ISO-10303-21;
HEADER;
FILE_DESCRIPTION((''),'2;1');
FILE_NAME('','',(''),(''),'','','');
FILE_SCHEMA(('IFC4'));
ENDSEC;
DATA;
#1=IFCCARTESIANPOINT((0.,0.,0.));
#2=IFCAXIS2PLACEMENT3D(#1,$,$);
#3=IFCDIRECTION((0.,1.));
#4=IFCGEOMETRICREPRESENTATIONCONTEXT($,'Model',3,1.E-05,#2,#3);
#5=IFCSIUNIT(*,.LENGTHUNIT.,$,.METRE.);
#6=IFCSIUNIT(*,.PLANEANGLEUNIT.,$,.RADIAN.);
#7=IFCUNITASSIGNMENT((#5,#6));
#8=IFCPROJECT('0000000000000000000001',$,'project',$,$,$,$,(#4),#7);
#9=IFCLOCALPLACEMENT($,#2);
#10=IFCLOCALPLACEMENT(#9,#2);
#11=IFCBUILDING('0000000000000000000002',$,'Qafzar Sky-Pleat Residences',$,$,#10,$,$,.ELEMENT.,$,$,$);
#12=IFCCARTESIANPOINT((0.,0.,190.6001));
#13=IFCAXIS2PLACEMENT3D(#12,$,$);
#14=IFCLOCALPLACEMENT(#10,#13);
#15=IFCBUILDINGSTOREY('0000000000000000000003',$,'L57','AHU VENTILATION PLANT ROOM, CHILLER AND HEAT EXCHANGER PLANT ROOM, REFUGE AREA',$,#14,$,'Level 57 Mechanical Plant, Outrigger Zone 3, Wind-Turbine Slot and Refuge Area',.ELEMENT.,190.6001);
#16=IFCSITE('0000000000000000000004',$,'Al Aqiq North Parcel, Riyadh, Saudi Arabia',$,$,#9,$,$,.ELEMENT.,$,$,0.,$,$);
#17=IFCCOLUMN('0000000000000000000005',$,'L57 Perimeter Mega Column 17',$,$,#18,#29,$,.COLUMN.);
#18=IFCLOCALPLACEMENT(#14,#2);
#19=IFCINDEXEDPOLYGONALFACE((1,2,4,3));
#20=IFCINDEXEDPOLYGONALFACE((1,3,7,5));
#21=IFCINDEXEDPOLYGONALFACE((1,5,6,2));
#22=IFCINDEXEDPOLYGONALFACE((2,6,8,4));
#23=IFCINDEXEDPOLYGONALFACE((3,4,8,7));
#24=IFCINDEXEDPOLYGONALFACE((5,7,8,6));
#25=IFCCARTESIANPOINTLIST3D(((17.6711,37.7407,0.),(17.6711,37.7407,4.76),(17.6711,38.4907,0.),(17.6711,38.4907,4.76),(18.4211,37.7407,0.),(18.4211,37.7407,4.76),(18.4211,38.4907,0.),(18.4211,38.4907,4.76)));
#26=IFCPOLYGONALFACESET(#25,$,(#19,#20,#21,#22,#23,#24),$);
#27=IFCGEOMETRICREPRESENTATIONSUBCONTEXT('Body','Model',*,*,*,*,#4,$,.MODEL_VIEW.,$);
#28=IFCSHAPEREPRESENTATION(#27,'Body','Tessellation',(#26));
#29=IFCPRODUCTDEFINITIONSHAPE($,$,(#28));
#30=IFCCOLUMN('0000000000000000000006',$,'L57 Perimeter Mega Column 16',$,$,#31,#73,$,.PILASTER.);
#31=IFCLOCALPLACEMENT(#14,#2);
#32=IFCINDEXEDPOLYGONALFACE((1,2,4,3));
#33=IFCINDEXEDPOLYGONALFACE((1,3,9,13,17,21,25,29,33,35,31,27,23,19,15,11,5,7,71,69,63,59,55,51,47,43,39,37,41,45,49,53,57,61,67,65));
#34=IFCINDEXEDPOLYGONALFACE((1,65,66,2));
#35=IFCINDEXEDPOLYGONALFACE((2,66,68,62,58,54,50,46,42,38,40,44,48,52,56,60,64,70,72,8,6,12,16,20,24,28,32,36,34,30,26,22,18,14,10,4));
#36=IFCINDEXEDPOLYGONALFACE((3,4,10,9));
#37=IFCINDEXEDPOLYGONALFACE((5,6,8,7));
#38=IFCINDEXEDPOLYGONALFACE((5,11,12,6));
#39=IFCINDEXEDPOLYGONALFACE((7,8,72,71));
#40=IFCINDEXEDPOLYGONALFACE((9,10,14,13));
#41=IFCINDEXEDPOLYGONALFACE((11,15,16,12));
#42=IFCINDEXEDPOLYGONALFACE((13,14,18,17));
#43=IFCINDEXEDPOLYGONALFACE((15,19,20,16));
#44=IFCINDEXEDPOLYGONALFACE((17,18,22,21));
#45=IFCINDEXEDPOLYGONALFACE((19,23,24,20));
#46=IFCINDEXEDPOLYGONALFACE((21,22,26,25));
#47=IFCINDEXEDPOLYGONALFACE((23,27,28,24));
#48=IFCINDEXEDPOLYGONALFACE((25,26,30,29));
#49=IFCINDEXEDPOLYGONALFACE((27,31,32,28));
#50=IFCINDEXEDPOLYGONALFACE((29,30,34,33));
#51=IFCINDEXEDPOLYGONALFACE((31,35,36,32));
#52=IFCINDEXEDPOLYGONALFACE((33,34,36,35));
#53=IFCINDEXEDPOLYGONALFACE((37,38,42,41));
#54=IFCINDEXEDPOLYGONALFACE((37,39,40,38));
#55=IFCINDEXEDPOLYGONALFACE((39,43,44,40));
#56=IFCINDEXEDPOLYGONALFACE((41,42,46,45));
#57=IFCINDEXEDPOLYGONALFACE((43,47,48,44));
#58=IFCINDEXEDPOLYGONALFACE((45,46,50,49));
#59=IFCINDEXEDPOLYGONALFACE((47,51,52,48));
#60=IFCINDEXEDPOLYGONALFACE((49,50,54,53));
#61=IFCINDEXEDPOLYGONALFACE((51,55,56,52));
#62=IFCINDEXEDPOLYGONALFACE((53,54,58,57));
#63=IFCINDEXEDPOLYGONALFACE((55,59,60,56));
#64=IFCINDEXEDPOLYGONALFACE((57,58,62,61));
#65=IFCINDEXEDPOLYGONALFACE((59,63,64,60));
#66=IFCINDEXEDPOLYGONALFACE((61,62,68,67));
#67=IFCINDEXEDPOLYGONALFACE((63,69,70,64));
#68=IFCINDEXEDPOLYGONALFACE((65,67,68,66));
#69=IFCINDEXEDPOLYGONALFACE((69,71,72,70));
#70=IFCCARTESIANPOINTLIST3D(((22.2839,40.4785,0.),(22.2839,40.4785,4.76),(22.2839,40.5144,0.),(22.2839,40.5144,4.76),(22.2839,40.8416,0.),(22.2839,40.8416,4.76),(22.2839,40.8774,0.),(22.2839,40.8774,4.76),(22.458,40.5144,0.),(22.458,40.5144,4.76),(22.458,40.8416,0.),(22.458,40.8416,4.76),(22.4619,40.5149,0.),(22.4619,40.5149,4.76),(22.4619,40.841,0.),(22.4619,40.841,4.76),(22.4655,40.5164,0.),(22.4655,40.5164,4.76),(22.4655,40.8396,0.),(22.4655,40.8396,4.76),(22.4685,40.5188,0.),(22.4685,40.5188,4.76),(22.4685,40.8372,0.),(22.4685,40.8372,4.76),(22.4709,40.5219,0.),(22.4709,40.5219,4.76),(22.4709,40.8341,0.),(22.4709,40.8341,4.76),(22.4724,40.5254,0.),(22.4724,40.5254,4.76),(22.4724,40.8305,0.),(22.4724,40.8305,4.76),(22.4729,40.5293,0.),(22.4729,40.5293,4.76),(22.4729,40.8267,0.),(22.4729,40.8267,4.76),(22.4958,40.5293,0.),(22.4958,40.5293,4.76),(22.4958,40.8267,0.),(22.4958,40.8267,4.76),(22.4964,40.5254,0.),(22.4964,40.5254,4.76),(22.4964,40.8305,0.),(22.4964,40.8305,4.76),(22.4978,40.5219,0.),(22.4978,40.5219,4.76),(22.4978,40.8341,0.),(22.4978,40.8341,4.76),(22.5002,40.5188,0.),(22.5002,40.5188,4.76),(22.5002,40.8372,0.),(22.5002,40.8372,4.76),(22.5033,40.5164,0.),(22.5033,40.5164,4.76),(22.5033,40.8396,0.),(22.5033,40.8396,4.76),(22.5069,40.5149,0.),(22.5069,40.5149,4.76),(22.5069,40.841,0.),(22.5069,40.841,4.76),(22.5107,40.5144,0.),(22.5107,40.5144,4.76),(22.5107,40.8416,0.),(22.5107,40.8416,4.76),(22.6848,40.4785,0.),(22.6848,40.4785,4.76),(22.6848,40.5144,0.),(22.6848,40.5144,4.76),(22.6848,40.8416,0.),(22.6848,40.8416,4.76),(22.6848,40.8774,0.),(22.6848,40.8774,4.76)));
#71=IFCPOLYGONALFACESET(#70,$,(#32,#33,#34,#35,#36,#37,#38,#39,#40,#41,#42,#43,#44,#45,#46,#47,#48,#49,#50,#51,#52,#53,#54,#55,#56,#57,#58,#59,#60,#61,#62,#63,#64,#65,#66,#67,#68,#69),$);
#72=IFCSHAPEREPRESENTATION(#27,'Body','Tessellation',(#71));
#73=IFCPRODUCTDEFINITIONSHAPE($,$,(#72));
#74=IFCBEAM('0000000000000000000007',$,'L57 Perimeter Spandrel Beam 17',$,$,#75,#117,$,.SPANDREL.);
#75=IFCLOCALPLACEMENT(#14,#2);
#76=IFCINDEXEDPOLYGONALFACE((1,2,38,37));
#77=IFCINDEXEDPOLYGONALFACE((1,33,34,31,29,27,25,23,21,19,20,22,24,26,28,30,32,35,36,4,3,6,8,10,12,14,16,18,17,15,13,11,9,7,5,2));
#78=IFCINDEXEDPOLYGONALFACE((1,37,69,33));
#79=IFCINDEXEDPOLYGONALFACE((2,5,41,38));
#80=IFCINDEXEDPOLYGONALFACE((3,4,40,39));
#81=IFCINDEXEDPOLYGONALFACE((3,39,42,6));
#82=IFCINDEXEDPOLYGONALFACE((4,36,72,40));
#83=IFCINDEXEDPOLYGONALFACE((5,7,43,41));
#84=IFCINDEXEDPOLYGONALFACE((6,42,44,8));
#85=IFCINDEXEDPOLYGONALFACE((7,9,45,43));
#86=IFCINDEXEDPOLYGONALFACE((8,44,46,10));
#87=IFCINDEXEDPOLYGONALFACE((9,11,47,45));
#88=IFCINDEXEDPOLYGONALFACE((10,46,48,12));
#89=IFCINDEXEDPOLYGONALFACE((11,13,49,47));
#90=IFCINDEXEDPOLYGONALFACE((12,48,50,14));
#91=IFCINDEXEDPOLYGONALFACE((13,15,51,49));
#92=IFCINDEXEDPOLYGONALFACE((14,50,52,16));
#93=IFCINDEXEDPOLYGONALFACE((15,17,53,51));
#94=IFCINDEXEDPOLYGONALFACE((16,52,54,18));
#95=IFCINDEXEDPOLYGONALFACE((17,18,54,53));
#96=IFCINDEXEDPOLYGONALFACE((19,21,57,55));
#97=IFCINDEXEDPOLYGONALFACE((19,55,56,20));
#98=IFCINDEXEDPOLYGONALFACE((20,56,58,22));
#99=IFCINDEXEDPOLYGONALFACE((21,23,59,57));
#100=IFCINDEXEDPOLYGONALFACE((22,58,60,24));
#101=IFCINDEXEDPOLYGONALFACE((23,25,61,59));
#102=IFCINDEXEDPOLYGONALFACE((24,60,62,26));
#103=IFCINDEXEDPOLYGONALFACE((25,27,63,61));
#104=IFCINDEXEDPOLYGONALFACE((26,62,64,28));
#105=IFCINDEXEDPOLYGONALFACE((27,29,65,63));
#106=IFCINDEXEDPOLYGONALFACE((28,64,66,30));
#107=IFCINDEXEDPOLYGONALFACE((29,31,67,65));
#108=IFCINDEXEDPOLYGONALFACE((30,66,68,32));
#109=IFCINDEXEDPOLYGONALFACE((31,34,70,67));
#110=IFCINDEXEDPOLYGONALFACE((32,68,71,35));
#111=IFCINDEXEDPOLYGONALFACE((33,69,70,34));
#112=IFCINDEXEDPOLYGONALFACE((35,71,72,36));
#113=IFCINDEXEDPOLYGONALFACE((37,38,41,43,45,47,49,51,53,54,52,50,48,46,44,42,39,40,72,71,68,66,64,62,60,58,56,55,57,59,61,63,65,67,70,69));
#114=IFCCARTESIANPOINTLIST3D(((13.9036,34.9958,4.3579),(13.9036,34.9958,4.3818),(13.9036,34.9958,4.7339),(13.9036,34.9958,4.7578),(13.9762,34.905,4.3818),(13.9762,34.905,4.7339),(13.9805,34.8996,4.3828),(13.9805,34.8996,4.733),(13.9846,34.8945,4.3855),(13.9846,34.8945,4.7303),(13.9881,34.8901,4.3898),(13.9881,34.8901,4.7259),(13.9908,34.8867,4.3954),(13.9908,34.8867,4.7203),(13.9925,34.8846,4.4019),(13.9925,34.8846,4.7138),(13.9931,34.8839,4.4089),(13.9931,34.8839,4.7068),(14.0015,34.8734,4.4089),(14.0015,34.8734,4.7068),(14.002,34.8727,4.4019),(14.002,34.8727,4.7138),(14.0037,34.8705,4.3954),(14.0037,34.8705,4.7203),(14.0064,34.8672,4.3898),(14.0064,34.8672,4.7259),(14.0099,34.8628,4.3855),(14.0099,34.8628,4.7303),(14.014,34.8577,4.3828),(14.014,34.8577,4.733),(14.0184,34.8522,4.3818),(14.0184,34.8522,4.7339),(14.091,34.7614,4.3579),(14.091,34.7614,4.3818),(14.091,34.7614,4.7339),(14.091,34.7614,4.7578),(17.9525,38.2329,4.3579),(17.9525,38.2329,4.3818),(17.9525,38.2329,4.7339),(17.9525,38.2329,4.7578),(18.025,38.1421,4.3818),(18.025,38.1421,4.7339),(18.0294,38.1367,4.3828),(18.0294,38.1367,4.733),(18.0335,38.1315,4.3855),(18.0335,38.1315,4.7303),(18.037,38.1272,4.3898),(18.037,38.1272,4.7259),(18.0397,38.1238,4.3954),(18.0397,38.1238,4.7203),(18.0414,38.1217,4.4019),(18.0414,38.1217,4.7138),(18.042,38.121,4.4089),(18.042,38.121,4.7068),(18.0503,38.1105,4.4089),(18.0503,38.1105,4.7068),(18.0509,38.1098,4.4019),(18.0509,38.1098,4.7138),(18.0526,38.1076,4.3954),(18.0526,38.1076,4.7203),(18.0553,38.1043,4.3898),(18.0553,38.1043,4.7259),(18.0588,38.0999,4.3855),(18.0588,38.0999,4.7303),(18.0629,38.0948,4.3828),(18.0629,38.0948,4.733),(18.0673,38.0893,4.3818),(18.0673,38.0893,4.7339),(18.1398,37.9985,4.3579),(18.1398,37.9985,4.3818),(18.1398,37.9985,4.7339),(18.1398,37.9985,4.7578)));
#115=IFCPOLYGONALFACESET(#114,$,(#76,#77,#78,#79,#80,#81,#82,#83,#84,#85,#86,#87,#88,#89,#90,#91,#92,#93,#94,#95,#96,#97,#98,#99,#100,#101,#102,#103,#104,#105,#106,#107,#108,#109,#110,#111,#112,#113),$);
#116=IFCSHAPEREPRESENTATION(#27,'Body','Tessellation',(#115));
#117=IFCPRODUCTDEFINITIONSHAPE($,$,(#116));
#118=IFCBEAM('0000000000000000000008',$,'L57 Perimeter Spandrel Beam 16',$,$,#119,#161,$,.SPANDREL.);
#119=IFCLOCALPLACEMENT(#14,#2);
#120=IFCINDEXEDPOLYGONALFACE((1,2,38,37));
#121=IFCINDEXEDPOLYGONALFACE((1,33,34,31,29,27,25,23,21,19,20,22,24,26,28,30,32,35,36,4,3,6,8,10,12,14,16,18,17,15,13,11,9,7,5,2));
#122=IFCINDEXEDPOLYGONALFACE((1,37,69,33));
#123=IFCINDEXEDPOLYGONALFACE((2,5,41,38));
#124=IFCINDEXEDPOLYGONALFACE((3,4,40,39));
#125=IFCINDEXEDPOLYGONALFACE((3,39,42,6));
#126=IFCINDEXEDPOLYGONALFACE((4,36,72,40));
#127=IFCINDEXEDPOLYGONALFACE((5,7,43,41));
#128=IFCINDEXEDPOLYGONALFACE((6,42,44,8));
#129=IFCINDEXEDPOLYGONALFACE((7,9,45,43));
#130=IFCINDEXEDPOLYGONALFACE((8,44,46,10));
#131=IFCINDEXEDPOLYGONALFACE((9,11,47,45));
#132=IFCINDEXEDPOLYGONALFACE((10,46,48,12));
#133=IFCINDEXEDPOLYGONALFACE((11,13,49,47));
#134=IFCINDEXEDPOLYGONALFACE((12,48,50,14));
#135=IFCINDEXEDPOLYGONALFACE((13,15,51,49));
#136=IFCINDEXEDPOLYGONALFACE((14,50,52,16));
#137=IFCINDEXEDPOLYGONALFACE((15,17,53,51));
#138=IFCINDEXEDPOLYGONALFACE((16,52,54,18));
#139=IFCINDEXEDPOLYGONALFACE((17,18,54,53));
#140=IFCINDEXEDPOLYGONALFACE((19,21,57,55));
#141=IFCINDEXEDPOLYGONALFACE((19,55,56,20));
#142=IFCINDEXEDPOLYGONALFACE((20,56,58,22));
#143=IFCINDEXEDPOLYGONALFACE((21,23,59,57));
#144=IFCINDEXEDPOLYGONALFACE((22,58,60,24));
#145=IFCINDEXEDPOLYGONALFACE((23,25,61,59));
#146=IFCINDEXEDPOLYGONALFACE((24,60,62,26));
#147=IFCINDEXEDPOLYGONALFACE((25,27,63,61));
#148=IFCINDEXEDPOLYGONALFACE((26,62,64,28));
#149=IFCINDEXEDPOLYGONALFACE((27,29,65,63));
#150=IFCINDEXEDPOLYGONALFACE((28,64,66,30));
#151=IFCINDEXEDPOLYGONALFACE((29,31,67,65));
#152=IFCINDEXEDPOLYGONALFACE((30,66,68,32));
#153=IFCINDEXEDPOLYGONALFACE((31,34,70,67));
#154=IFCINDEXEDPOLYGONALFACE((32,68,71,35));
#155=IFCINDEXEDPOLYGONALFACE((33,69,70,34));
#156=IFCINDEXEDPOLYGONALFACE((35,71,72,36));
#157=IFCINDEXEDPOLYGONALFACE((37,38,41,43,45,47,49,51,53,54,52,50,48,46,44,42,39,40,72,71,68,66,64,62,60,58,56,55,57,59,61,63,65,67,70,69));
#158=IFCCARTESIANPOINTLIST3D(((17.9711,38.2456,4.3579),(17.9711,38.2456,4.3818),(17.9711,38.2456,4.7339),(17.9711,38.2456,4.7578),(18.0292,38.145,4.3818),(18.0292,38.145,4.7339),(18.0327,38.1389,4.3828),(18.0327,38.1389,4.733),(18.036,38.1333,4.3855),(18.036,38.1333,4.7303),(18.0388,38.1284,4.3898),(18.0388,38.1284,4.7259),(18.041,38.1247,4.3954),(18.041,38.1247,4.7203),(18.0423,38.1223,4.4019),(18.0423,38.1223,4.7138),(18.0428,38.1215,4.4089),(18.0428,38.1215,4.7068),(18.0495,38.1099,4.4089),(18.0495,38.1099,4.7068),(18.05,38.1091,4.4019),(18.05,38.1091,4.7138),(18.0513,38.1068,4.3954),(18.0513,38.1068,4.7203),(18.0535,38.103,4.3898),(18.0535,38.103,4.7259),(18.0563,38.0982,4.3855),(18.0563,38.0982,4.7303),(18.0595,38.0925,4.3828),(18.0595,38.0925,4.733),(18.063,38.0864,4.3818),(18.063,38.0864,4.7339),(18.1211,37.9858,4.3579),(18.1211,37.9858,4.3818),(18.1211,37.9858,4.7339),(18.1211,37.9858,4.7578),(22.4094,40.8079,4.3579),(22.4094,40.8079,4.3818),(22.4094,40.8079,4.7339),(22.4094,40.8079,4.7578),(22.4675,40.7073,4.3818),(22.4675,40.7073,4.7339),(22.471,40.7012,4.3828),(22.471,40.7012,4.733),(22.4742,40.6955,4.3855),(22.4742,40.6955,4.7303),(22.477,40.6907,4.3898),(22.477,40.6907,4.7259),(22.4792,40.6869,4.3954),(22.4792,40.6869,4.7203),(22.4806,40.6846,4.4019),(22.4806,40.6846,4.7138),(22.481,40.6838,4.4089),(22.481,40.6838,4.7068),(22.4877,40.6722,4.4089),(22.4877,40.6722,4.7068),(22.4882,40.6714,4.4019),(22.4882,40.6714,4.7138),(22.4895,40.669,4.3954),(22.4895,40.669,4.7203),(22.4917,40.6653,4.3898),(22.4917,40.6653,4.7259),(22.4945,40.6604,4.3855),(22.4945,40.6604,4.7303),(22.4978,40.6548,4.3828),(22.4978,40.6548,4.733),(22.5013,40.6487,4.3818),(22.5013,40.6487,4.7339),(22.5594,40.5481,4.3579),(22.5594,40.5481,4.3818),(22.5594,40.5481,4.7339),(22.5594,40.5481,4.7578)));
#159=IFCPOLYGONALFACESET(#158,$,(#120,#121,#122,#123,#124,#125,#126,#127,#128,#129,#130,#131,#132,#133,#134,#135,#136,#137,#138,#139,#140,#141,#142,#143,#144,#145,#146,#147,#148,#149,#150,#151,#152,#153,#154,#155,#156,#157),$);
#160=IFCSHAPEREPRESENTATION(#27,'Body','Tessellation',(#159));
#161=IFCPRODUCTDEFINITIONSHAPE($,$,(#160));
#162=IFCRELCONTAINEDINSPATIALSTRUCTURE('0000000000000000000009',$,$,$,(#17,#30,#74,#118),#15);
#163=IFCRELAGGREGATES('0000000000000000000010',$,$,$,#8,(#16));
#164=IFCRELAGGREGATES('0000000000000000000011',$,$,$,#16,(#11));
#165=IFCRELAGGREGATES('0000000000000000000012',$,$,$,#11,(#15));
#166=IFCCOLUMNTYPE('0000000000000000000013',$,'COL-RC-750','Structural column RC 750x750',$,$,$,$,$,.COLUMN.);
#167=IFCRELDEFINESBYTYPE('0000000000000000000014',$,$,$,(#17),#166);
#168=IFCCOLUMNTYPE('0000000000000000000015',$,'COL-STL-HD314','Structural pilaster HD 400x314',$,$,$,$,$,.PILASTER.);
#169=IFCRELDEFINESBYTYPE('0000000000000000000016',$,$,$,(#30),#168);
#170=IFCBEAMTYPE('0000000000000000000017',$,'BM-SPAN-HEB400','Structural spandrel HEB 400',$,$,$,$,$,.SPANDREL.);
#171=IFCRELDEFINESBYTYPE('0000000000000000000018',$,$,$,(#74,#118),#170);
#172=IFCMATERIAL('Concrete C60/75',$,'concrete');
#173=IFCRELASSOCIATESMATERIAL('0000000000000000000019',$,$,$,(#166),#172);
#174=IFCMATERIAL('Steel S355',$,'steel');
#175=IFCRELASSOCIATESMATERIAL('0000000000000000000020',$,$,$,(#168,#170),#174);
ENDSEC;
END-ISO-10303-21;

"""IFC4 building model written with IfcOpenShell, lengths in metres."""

from ifc_helpers import new_model, si_unit, direction, frame, origin, origin_2d, place, context, subcontext, project, spatial, rectangle, i_section, extrude, source, transform, mapped, material, material_profile, profile_set, type_object, element, save


model = new_model("IFC4")

# Units and contexts
model_context = context("Model", 3, precision=1e-05, world=origin(), true_north=direction((0.0, 1.0)))
body_context = subcontext(model_context, "Body", "Model", "MODEL_VIEW")
ifc_project = project(units=[si_unit("LENGTHUNIT", "METRE"), si_unit("PLANEANGLEUNIT", "RADIAN")], contexts=[model_context])

# Site, building, storey
site_placement = place(None, origin())
site = spatial("IfcSite", under=ifc_project, at=site_placement, Name="Al Aqiq North Parcel, Riyadh, Saudi Arabia", CompositionType="ELEMENT", RefElevation=0.0)
building_placement = place(site_placement, origin())
building = spatial("IfcBuilding", under=site, at=building_placement, Name="Qafzar Sky-Pleat Residences", CompositionType="ELEMENT")
storey_placement = place(building_placement, frame((0.0, 0.0, 190.6001)))
storey = spatial("IfcBuildingStorey", under=building, at=storey_placement, Name="L57", Description="AHU VENTILATION PLANT ROOM, CHILLER AND HEAT EXCHANGER PLANT ROOM, REFUGE AREA", LongName="Level 57 Mechanical Plant, Outrigger Zone 3, Wind-Turbine Slot and Refuge Area", CompositionType="ELEMENT", Elevation=190.6001)

# Columns
ifc_material_1 = material(Name="Concrete C60/75", Category="concrete")
ifc_material_profile_1 = material_profile(ifc_material_1, rectangle(XDim=0.75, YDim=0.75, at=origin_2d()), Name="RC 750x750")
ifc_profile_set_1 = profile_set([ifc_material_profile_1], Name="Concrete C60/75")
column_type_1 = type_object("IfcColumnType", Name="COL-RC-750", Description="Structural column RC 750x750", PredefinedType="COLUMN", material=ifc_profile_set_1)
shared_shape_1 = source(origin(), body_context, "Body", "SweptSolid", [
    extrude(rectangle(XDim=0.75, YDim=0.75, at=origin_2d()), origin(), (0.0, 0.0, 1.0), 4.76),
])
column_1_placement = place(storey_placement, frame((18.0461, 38.1157, 0.0), z_axis=(0.0, 0.0, 1.0), x_axis=(1.0, 0.0, 0.0)))
element("IfcColumn", 1, at=column_1_placement, inside=storey, type_object=column_type_1, Name="L57 Perimeter Mega Column 17", PredefinedType="COLUMN", context=body_context, shape_type="MappedRepresentation", body=[
    mapped(shared_shape_1, transform((0.0, 0.0, 0.0), x_axis=(1.0, 0.0, 0.0), y_axis=(0.0, 1.0, 0.0), z_axis=(0.0, 0.0, 1.0), scale=1.0)),
])
ifc_material_2 = material(Name="Steel S355", Category="steel")
ifc_material_profile_2 = material_profile(ifc_material_2, i_section(OverallWidth=0.4009, OverallDepth=0.3989, WebThickness=0.0229, FlangeThickness=0.0359, FilletRadius=0.0149, at=origin_2d()), Name="HD 400x314")
ifc_profile_set_2 = profile_set([ifc_material_profile_2], Name="Steel S355")
column_type_2 = type_object("IfcColumnType", Name="COL-STL-HD314", Description="Structural pilaster HD 400x314", PredefinedType="PILASTER", material=ifc_profile_set_2)
shared_shape_2 = source(origin(), body_context, "Body", "SweptSolid", [
    extrude(i_section(OverallWidth=0.4009, OverallDepth=0.3989, WebThickness=0.0229, FlangeThickness=0.0359, FilletRadius=0.0149, at=origin_2d()), origin(), (0.0, 0.0, 1.0), 4.76),
])
column_2_placement = place(storey_placement, frame((22.4844, 40.678, 0.0), z_axis=(0.0, 0.0, 1.0), x_axis=(1.0, 0.0, 0.0)))
element("IfcColumn", 2, at=column_2_placement, inside=storey, type_object=column_type_2, Name="L57 Perimeter Mega Column 16", PredefinedType="PILASTER", context=body_context, shape_type="MappedRepresentation", body=[
    mapped(shared_shape_2, transform((0.0, 0.0, 0.0), x_axis=(1.0, 0.0, 0.0), y_axis=(0.0, 1.0, 0.0), z_axis=(0.0, 0.0, 1.0), scale=1.0)),
])

# Beams
ifc_material_profile_3 = material_profile(ifc_material_2, i_section(OverallWidth=0.3, OverallDepth=0.3999, WebThickness=0.0134, FlangeThickness=0.0239, FilletRadius=0.0271, at=origin_2d()), Name="HEB 400")
ifc_profile_set_3 = profile_set([ifc_material_profile_3], Name="Steel S355")
beam_type_1 = type_object("IfcBeamType", Name="BM-SPAN-HEB400", Description="Structural spandrel HEB 400", PredefinedType="SPANDREL", material=ifc_profile_set_3)
shared_shape_3 = source(origin(), body_context, "Body", "SweptSolid", [
    extrude(i_section(OverallWidth=0.3, OverallDepth=0.3999, WebThickness=0.0134, FlangeThickness=0.0239, FilletRadius=0.0271, at=origin_2d()), origin(), (0.0, 0.0, 1.0), 5.1838),
])
beam_1_placement = place(storey_placement, frame((18.0461, 38.1157, 4.5579), z_axis=(-0.781057, -0.62446, 0.0), x_axis=(0.62446, -0.781057, 0.0)))
element("IfcBeam", 3, at=beam_1_placement, inside=storey, type_object=beam_type_1, Name="L57 Perimeter Spandrel Beam 17", PredefinedType="SPANDREL", context=body_context, shape_type="MappedRepresentation", body=[
    mapped(shared_shape_3, transform((0.0, 0.0, 0.0), x_axis=(1.0, 0.0, 0.0), y_axis=(0.0, 1.0, 0.0), z_axis=(0.0, 0.0, 1.0), scale=1.0)),
])
shared_shape_4 = source(origin(), body_context, "Body", "SweptSolid", [
    extrude(i_section(OverallWidth=0.3, OverallDepth=0.3999, WebThickness=0.0134, FlangeThickness=0.0239, FilletRadius=0.0271, at=origin_2d()), origin(), (0.0, 0.0, 1.0), 5.1248),
])
beam_2_placement = place(storey_placement, frame((22.4844, 40.678, 4.5579), z_axis=(-0.866039, -0.499977, 0.0), x_axis=(0.499977, -0.866039, 0.0)))
element("IfcBeam", 4, at=beam_2_placement, inside=storey, type_object=beam_type_1, Name="L57 Perimeter Spandrel Beam 16", PredefinedType="SPANDREL", context=body_context, shape_type="MappedRepresentation", body=[
    mapped(shared_shape_4, transform((0.0, 0.0, 0.0), x_axis=(1.0, 0.0, 0.0), y_axis=(0.0, 1.0, 0.0), z_axis=(0.0, 0.0, 1.0), scale=1.0)),
])

save(model, "model.ifc")
